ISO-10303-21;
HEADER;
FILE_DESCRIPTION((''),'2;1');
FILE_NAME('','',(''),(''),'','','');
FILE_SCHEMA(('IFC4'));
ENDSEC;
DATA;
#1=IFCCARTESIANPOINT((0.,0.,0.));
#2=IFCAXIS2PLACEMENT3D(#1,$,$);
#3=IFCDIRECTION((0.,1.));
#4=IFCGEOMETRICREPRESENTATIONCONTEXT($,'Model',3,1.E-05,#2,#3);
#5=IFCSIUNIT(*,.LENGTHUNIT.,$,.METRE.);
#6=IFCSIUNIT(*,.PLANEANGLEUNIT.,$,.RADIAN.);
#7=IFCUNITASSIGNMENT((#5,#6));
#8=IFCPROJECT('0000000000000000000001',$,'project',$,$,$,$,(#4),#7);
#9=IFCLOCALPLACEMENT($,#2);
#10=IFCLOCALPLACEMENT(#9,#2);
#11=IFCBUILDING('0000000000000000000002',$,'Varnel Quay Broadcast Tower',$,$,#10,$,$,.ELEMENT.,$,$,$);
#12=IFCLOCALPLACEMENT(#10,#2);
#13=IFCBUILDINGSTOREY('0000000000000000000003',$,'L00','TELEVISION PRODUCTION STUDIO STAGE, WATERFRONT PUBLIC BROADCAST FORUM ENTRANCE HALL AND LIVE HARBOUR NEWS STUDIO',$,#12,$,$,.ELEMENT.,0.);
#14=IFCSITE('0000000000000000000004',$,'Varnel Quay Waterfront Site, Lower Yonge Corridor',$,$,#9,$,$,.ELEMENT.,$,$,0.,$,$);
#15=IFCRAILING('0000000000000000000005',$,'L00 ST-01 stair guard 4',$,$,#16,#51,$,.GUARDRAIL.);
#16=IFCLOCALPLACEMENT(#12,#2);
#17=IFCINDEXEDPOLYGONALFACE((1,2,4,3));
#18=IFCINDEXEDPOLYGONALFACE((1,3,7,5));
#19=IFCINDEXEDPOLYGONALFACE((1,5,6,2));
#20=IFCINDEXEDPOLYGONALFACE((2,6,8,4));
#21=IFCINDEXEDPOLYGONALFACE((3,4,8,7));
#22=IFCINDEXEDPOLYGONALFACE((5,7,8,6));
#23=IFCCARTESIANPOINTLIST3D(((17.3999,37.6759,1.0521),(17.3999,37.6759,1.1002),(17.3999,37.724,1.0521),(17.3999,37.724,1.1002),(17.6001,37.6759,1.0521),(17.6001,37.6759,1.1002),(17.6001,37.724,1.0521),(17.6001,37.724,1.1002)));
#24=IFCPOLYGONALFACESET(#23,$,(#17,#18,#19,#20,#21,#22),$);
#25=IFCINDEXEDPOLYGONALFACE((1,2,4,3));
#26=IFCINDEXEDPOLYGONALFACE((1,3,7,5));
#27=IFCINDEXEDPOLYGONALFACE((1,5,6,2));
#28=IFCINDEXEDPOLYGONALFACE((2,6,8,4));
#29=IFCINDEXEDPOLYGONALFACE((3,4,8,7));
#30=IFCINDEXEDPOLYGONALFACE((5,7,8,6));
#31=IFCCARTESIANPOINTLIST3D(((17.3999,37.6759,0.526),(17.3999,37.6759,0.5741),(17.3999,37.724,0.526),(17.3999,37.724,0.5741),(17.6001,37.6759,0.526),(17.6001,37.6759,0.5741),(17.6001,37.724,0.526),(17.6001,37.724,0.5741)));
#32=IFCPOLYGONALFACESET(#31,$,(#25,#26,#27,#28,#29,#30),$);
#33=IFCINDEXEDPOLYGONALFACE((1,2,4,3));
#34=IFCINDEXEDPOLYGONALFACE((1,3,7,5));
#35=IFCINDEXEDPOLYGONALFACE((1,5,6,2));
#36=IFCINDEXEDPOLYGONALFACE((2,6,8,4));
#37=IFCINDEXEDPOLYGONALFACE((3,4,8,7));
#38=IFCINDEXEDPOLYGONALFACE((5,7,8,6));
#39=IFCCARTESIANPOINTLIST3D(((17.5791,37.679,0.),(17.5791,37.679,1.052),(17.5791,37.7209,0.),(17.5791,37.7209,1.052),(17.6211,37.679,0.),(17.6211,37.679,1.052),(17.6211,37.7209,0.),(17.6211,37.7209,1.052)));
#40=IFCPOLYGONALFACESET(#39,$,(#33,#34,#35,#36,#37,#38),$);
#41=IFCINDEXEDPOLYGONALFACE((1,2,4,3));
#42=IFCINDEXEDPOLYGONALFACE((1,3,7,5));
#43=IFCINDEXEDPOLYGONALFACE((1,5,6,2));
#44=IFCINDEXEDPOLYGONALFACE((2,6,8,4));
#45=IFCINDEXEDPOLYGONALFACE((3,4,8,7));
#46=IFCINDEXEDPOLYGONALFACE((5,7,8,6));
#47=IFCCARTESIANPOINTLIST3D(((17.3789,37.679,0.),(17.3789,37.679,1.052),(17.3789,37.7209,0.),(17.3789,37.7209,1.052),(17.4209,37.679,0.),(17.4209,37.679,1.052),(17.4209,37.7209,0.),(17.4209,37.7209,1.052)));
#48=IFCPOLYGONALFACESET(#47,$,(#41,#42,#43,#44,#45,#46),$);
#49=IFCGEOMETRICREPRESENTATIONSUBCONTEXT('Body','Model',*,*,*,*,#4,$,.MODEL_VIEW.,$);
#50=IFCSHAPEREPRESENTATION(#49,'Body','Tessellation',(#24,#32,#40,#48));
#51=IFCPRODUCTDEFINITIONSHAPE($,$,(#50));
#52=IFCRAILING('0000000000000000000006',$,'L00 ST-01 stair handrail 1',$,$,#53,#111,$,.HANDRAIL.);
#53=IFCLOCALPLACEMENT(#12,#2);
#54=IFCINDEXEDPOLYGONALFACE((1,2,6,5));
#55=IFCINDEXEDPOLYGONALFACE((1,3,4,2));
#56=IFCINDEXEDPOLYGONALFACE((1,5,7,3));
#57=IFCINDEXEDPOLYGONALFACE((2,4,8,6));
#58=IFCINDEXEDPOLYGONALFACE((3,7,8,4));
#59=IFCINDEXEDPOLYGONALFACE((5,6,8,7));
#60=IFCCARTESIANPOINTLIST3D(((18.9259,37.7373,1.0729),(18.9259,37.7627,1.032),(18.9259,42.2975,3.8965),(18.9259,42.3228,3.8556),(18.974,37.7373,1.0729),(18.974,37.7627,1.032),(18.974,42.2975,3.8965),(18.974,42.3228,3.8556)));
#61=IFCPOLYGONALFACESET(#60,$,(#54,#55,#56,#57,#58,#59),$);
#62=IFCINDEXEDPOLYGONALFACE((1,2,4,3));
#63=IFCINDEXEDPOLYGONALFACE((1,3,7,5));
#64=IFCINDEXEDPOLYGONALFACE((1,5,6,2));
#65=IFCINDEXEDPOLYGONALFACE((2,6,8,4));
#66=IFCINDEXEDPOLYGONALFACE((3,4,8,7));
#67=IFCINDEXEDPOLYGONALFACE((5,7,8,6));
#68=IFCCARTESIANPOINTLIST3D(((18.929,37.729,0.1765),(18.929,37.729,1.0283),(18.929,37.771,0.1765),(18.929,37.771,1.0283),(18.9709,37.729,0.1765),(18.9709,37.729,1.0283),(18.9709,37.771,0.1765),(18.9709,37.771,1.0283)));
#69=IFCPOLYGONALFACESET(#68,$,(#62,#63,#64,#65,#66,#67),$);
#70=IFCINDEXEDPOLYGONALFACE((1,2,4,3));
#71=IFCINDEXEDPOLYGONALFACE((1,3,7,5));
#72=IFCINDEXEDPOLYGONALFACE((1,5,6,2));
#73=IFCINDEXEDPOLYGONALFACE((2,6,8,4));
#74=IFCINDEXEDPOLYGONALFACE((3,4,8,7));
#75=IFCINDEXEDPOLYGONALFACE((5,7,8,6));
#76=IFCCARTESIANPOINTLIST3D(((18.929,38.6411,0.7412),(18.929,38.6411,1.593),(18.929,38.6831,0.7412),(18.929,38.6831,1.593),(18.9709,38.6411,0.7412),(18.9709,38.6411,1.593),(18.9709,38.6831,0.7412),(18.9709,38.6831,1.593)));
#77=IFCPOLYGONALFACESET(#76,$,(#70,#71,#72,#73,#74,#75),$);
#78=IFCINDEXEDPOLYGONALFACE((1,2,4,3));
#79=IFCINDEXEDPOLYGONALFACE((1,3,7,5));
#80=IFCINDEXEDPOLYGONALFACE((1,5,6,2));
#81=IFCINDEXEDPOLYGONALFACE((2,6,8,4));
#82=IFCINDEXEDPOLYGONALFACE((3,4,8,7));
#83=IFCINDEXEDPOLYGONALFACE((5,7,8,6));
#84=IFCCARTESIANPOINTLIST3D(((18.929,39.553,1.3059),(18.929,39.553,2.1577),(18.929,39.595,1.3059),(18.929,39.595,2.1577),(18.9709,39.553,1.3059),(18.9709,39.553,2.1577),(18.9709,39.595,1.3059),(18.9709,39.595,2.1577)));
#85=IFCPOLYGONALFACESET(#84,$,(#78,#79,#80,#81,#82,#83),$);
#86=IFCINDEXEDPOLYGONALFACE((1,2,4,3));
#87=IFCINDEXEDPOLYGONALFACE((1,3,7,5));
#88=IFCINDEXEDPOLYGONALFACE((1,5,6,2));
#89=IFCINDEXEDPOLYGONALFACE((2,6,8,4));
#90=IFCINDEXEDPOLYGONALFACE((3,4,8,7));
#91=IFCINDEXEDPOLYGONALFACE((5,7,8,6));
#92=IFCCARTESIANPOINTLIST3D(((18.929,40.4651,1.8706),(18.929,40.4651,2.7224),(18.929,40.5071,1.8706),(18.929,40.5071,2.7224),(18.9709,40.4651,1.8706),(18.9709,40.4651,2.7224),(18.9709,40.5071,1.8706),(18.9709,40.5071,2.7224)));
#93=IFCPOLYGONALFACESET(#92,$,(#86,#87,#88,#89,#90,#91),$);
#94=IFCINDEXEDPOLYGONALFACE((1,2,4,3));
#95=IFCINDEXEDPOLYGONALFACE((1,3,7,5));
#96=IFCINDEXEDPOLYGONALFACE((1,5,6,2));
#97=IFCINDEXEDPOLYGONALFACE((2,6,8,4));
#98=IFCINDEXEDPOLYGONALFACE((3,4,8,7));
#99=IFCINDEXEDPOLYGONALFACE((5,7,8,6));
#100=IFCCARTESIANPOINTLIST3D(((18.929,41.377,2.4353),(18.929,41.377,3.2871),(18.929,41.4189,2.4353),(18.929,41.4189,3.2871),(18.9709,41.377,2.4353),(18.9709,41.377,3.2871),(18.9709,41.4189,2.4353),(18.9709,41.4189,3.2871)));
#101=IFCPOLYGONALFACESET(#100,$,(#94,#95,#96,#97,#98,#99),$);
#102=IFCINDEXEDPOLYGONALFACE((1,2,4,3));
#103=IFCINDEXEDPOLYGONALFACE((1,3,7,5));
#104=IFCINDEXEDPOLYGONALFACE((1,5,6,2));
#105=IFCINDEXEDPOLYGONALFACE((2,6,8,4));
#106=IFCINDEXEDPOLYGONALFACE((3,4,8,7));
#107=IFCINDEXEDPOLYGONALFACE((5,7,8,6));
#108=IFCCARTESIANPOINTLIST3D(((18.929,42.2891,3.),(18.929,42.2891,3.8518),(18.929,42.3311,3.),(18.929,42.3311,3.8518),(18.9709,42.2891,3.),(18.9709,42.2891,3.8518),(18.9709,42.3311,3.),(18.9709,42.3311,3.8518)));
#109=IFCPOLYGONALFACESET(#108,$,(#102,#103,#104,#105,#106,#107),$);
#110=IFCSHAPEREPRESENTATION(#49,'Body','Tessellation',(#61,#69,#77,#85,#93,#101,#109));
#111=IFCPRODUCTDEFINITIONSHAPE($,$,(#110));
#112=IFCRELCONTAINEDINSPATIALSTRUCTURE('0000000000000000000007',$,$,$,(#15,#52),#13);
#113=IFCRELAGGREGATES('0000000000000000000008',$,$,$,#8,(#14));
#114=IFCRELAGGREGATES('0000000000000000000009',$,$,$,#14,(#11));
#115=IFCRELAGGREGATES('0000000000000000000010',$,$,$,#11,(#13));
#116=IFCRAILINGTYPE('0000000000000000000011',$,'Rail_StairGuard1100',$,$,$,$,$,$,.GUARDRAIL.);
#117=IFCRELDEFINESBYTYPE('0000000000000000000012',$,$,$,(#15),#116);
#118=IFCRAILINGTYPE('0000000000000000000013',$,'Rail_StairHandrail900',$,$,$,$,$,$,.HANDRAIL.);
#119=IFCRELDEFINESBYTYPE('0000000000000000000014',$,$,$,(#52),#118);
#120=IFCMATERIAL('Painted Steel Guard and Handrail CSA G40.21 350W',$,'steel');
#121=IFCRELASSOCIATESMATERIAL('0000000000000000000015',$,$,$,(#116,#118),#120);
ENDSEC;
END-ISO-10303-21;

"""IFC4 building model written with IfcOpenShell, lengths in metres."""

from ifc_helpers import new_model, si_unit, direction, frame, origin, origin_2d, place, context, subcontext, project, spatial, rectangle, extrude, material, type_object, element, save


model = new_model("IFC4")

# Units and contexts
model_context = context("Model", 3, precision=1e-05, world=origin(), true_north=direction((0.0, 1.0)))
body_context = subcontext(model_context, "Body", "Model", "MODEL_VIEW")
ifc_project = project(units=[si_unit("LENGTHUNIT", "METRE"), si_unit("PLANEANGLEUNIT", "RADIAN")], contexts=[model_context])

# Site, building, storey
site_placement = place(None, origin())
site = spatial("IfcSite", under=ifc_project, at=site_placement, Name="Varnel Quay Waterfront Site, Lower Yonge Corridor", CompositionType="ELEMENT", RefElevation=0.0)
building_placement = place(site_placement, origin())
building = spatial("IfcBuilding", under=site, at=building_placement, Name="Varnel Quay Broadcast Tower", CompositionType="ELEMENT")
storey_placement = place(building_placement, origin())
storey = spatial("IfcBuildingStorey", under=building, at=storey_placement, Name="L00", Description="TELEVISION PRODUCTION STUDIO STAGE, WATERFRONT PUBLIC BROADCAST FORUM ENTRANCE HALL AND LIVE HARBOUR NEWS STUDIO", CompositionType="ELEMENT", Elevation=0.0)

# Railings
ifc_material_1 = material(Name="Painted Steel Guard and Handrail CSA G40.21 350W", Category="steel")
railing_type_1 = type_object("IfcRailingType", Name="Rail_StairGuard1100", PredefinedType="GUARDRAIL", material=ifc_material_1)
railing_1_placement = place(storey_placement, frame((17.6001, 37.7, 0.0)))
element("IfcRailing", 1, at=railing_1_placement, inside=storey, type_object=railing_type_1, Name="L00 ST-01 stair guard 4", PredefinedType="GUARDRAIL", context=body_context, shape_type="SweptSolid", body=[
    extrude(rectangle(XDim=0.0481, YDim=0.0481, at=origin_2d()), frame((0.0, 0.0, 1.0762), z_axis=(-1.0, 0.0, 0.0), x_axis=(0.0, -1.0, 0.0)), (0.0, 0.0, 1.0), 0.2002),
    extrude(rectangle(XDim=0.0481, YDim=0.0481, at=origin_2d()), frame((0.0, 0.0, 0.55), z_axis=(-1.0, 0.0, 0.0), x_axis=(0.0, -1.0, 0.0)), (0.0, 0.0, 1.0), 0.2002),
    extrude(rectangle(XDim=0.042, YDim=0.042, at=origin_2d()), origin(), (0.0, 0.0, 1.0), 1.052),
    extrude(rectangle(XDim=0.042, YDim=0.042, at=origin_2d()), frame((-0.2002, 0.0, 0.0)), (0.0, 0.0, 1.0), 1.052),
])
railing_type_2 = type_object("IfcRailingType", Name="Rail_StairHandrail900", PredefinedType="HANDRAIL", material=ifc_material_1)
railing_2_placement = place(storey_placement, frame((18.95, 37.75, 0.1765)))
element("IfcRailing", 2, at=railing_2_placement, inside=storey, type_object=railing_type_2, Name="L00 ST-01 stair handrail 1", PredefinedType="HANDRAIL", context=body_context, shape_type="SweptSolid", body=[
    extrude(rectangle(XDim=0.0481, YDim=0.0481, at=origin_2d()), frame((0.0, 0.0, 0.876), z_axis=(0.0, 0.850216, 0.526435), x_axis=(-1.0, 0.0, 0.0)), (0.0, 0.0, 1.0), 5.3635),
    extrude(rectangle(XDim=0.042, YDim=0.042, at=origin_2d()), origin(), (0.0, 0.0, 1.0), 0.8518),
    extrude(rectangle(XDim=0.042, YDim=0.042, at=origin_2d()), frame((0.0, 0.9121, 0.5647)), (0.0, 0.0, 1.0), 0.8518),
    extrude(rectangle(XDim=0.042, YDim=0.042, at=origin_2d()), frame((0.0, 1.824, 1.1294)), (0.0, 0.0, 1.0), 0.8518),
    extrude(rectangle(XDim=0.042, YDim=0.042, at=origin_2d()), frame((0.0, 2.7361, 1.6941)), (0.0, 0.0, 1.0), 0.8518),
    extrude(rectangle(XDim=0.042, YDim=0.042, at=origin_2d()), frame((0.0, 3.6479, 2.2588)), (0.0, 0.0, 1.0), 0.8518),
    extrude(rectangle(XDim=0.042, YDim=0.042, at=origin_2d()), frame((0.0, 4.5601, 2.8235)), (0.0, 0.0, 1.0), 0.8518),
])

save(model, "model.ifc")
